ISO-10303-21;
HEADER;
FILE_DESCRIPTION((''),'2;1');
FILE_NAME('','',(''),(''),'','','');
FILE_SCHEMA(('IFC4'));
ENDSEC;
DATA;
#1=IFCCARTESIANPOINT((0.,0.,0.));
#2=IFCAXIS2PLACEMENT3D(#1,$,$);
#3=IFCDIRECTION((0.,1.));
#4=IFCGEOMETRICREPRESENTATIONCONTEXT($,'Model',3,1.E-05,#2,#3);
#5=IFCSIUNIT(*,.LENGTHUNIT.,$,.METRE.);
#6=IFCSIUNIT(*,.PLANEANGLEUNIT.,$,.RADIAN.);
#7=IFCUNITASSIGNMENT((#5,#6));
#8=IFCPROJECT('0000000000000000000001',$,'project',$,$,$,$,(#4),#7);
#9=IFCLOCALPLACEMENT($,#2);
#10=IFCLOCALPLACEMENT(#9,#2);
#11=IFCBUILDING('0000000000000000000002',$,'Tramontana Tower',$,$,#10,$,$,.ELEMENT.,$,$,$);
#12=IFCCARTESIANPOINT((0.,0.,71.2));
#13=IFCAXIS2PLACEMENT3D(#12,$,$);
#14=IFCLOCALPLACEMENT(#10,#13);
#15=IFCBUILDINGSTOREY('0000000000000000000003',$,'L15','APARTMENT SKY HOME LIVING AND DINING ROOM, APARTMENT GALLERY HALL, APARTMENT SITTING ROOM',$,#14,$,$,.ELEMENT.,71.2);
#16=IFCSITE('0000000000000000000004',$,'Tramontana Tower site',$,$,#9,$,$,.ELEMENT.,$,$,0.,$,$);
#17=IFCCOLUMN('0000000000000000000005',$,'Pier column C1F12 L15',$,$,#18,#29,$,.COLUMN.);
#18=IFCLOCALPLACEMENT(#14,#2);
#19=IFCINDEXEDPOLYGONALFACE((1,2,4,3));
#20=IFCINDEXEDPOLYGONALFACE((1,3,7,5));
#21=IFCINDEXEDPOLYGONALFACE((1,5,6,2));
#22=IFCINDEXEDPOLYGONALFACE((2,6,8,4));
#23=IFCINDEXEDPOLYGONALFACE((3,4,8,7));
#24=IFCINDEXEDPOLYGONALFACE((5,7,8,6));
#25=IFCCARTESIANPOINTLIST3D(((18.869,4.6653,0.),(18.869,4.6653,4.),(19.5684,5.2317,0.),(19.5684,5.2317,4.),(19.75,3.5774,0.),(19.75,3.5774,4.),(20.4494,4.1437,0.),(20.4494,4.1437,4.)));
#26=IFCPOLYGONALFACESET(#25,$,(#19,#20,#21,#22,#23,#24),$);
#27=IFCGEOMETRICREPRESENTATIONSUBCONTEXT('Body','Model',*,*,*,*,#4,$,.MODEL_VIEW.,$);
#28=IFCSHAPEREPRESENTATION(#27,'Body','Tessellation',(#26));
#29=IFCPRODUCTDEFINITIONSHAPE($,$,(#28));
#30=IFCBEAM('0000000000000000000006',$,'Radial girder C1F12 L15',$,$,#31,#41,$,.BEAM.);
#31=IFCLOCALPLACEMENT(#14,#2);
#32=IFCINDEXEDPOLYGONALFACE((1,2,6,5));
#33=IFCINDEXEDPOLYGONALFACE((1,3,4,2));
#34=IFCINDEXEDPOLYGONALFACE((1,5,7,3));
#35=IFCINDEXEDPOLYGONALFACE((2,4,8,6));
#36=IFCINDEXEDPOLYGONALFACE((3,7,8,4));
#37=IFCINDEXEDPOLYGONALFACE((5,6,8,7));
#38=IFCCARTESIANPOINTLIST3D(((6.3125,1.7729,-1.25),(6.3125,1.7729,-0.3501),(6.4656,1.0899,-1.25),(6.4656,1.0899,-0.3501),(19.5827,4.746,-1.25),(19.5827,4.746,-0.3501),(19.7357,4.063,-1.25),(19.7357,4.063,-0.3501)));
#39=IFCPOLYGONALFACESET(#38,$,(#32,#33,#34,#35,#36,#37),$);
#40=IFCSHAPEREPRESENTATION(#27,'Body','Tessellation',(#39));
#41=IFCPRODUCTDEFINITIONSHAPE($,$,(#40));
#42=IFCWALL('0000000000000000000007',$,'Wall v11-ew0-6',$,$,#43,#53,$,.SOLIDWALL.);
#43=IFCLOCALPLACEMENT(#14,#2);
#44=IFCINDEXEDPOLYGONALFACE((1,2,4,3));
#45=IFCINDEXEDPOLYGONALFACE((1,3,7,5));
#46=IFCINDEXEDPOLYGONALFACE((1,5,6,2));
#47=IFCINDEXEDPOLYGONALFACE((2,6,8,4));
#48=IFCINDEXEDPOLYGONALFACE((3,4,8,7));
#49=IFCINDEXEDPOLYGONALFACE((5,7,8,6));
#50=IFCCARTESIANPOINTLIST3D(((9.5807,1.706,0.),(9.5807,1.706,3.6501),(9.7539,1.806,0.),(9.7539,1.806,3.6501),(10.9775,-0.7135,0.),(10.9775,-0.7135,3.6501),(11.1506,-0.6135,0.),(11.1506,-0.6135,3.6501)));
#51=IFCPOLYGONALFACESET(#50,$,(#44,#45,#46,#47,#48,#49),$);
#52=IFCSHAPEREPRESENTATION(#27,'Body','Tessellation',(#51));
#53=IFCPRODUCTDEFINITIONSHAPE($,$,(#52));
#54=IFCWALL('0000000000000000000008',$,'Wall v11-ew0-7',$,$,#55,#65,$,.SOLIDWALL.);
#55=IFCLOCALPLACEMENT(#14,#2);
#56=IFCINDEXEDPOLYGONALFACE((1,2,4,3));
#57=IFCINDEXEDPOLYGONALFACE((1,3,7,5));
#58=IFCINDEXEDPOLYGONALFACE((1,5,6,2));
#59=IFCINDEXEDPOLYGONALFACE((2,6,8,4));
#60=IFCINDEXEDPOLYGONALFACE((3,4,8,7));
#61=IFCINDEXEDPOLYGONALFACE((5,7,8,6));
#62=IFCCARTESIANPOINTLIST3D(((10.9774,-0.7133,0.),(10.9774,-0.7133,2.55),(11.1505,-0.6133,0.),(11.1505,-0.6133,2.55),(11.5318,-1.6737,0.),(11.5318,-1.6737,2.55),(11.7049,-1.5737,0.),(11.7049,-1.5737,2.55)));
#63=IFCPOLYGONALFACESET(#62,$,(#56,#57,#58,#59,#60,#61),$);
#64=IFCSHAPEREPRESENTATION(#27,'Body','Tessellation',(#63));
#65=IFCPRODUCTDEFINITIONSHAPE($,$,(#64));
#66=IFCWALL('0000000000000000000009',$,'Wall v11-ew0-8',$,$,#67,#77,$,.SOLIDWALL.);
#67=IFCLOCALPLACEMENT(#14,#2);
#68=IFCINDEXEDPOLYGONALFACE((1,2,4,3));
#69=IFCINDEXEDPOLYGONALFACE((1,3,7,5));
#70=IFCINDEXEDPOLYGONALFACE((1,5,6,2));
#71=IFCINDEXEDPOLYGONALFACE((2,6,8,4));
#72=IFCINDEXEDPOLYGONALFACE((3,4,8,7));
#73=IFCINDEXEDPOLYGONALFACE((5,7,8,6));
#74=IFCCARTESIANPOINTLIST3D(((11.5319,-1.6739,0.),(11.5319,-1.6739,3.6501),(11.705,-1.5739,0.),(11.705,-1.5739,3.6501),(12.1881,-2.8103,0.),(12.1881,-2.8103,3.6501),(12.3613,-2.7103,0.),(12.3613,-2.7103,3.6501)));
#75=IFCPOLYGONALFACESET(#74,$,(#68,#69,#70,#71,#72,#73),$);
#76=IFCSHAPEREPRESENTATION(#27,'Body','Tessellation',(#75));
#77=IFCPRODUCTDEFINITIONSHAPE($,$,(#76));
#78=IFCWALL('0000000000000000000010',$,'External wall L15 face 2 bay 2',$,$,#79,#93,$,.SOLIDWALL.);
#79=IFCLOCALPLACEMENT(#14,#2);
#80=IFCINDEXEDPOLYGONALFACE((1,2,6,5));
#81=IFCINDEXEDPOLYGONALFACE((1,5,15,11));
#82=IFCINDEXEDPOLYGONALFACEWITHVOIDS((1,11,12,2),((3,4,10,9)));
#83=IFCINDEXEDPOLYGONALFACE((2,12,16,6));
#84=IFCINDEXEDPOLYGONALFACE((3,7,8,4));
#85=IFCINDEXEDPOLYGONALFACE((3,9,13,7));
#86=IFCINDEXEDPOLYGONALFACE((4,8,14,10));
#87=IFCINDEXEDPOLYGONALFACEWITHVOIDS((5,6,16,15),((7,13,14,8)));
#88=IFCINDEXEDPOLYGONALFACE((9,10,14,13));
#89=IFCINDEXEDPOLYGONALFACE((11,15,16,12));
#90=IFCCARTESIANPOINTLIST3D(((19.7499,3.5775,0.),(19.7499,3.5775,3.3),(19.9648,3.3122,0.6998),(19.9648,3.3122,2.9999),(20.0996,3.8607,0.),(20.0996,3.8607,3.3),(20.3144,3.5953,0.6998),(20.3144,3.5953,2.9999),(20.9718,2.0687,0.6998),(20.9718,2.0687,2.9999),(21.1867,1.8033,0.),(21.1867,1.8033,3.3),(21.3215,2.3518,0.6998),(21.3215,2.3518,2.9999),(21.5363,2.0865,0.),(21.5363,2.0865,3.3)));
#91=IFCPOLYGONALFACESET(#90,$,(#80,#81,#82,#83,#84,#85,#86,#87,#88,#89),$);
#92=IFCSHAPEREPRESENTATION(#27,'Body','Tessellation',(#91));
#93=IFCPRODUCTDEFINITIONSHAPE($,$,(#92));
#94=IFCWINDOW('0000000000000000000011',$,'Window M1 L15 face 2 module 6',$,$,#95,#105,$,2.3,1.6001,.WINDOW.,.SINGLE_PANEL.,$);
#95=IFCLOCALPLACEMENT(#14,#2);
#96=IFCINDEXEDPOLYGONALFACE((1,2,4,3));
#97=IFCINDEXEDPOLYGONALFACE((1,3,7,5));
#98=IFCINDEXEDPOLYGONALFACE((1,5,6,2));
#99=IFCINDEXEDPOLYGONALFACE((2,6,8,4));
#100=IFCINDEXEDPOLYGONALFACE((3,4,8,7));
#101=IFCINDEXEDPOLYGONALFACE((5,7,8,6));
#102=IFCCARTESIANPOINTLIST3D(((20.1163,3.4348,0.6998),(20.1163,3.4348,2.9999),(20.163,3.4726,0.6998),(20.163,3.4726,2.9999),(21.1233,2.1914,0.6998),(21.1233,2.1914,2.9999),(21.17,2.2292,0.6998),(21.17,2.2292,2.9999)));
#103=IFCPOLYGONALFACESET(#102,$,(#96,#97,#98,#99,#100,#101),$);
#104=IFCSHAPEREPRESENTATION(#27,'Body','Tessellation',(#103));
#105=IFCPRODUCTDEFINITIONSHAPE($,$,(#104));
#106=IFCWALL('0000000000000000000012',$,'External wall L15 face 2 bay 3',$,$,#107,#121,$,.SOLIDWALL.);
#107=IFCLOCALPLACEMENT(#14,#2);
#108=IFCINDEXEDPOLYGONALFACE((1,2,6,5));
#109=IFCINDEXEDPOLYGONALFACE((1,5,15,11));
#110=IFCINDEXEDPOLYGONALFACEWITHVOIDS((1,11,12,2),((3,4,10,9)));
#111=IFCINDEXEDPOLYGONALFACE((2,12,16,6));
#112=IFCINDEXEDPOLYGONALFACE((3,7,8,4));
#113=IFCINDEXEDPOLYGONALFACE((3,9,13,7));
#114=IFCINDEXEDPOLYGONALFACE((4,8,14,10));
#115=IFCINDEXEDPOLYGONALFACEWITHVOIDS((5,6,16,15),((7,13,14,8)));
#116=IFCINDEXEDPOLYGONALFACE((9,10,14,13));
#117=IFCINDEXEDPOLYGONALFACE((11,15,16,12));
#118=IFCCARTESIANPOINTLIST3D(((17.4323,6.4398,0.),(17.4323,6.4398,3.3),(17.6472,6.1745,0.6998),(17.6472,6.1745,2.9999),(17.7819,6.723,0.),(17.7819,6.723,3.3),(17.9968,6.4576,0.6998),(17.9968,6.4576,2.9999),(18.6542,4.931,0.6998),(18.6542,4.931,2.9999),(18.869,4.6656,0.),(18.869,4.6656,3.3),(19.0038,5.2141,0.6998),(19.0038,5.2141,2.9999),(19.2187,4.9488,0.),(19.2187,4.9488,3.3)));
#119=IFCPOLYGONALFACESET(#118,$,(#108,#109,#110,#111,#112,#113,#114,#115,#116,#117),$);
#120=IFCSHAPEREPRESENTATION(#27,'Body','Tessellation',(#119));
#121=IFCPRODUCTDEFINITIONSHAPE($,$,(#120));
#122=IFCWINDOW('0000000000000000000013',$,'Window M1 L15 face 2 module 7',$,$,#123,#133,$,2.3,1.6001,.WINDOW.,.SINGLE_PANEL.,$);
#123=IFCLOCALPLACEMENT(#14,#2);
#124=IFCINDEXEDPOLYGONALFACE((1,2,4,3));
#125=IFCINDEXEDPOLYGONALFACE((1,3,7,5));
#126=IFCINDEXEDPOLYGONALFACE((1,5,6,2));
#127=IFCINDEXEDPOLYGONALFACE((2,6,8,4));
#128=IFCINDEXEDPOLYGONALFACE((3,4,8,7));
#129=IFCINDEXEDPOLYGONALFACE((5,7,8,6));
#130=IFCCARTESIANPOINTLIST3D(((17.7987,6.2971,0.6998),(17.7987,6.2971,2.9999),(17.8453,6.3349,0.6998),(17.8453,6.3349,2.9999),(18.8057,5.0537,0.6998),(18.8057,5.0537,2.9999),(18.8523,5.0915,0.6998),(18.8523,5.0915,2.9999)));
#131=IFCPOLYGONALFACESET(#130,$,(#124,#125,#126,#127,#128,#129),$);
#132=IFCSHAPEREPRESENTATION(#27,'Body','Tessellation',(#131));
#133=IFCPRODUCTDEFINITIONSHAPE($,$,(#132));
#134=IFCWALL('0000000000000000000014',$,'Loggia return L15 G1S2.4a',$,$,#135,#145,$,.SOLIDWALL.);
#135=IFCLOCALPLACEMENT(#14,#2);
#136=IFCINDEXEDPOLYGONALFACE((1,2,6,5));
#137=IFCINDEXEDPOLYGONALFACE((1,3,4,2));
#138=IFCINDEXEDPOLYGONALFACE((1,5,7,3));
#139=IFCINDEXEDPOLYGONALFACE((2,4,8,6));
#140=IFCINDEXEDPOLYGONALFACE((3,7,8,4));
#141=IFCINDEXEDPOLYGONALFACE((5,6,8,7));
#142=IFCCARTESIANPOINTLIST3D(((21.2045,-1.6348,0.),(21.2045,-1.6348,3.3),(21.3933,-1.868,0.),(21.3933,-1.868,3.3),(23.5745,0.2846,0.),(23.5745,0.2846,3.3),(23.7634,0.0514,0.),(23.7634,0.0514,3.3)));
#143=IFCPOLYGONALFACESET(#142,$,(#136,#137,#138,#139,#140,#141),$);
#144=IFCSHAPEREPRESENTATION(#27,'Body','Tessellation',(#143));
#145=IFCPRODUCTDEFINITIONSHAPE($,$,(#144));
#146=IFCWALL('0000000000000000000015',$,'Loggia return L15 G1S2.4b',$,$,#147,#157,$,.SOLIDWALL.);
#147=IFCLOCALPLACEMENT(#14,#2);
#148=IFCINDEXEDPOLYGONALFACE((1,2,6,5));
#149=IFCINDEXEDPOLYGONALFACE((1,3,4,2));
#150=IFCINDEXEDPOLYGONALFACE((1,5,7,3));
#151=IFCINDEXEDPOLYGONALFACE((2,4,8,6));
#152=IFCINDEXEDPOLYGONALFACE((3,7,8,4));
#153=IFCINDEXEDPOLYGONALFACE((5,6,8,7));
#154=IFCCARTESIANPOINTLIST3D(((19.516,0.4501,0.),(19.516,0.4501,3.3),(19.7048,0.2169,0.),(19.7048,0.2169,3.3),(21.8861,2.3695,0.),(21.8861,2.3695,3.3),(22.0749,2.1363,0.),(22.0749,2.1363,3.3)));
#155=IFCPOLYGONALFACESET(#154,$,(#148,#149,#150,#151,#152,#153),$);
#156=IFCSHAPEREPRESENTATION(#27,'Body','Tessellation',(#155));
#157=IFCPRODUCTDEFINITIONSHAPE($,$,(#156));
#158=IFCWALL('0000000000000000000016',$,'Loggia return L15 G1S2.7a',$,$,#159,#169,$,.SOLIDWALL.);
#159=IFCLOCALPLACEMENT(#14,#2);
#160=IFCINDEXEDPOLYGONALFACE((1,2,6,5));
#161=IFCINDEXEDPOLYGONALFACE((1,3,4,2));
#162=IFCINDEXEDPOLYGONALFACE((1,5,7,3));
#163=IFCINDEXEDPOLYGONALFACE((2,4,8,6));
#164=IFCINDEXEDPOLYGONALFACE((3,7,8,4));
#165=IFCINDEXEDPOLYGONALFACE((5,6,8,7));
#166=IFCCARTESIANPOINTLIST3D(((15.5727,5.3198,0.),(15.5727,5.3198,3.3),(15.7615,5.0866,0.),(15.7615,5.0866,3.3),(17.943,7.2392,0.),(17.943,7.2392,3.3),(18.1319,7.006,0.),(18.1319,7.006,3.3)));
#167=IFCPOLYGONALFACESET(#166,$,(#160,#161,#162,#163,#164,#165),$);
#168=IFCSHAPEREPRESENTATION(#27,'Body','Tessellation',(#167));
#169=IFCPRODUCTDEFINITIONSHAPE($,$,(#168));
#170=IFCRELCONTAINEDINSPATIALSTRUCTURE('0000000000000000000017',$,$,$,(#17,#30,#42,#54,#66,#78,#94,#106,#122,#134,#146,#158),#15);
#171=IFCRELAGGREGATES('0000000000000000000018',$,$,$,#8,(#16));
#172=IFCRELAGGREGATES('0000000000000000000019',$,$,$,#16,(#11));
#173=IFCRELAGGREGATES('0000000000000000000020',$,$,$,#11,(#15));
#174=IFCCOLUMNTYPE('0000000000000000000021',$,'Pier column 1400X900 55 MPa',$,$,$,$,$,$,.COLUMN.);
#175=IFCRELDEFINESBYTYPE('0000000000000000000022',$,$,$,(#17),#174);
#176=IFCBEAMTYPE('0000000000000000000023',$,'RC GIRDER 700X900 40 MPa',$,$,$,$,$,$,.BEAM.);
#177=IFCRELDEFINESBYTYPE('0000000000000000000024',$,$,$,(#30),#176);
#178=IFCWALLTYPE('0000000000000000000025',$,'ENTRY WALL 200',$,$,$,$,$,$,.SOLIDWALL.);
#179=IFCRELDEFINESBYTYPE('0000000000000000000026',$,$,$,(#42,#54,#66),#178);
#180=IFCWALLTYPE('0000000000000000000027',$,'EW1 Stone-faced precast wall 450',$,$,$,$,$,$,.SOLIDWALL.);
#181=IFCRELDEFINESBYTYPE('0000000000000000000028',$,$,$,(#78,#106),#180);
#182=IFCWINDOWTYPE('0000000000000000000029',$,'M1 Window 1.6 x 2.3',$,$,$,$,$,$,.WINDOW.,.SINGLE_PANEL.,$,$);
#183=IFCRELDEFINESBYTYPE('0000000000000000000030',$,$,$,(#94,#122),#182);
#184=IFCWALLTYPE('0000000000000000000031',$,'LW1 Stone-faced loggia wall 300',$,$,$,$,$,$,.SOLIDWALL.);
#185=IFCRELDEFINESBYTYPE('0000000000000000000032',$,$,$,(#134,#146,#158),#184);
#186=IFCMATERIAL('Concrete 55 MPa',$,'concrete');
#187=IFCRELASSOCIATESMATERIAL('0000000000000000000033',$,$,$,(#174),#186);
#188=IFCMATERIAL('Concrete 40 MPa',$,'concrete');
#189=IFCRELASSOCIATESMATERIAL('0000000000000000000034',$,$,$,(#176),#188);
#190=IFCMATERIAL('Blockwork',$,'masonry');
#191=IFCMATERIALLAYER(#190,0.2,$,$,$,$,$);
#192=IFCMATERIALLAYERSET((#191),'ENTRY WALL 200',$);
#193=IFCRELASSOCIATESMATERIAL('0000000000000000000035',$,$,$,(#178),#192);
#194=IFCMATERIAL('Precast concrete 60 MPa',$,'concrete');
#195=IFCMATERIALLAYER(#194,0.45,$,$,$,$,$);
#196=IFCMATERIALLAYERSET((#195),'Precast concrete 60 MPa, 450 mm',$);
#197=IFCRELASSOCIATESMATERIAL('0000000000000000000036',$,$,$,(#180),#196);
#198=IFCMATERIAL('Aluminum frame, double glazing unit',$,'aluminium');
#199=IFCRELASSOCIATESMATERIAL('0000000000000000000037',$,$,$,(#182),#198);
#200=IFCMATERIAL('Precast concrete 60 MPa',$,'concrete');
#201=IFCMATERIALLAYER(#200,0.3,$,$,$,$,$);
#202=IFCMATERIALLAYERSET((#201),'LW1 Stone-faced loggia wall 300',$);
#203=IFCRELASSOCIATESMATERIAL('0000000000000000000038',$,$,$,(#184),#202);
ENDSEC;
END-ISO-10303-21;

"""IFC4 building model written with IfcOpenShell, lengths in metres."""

from ifc_helpers import new_model, si_unit, direction, frame, frame_2d, origin, origin_2d, place, context, subcontext, project, spatial, rectangle, extrude, material, layer, layer_set, material_profile, profile_set, type_object, element, fill, save


model = new_model("IFC4")

# Units and contexts
model_context = context("Model", 3, precision=1e-05, world=origin(), true_north=direction((0.0, 1.0)))
body_context = subcontext(model_context, "Body", "Model", "MODEL_VIEW")
ifc_project = project(units=[si_unit("LENGTHUNIT", "METRE"), si_unit("PLANEANGLEUNIT", "RADIAN")], contexts=[model_context])

# Site, building, storey
site_placement = place(None, origin())
site = spatial("IfcSite", under=ifc_project, at=site_placement, Name="Tramontana Tower site", CompositionType="ELEMENT", RefElevation=0.0)
building_placement = place(site_placement, origin())
building = spatial("IfcBuilding", under=site, at=building_placement, Name="Tramontana Tower", CompositionType="ELEMENT")
storey_placement = place(building_placement, frame((0.0, 0.0, 71.2)))
storey = spatial("IfcBuildingStorey", under=building, at=storey_placement, Name="L15", Description="APARTMENT SKY HOME LIVING AND DINING ROOM, APARTMENT GALLERY HALL, APARTMENT SITTING ROOM", CompositionType="ELEMENT", Elevation=71.2)

# Column
ifc_material_1 = material(Name="Concrete 55 MPa", Category="concrete")
ifc_material_profile_1 = material_profile(ifc_material_1, rectangle(XDim=1.3999, YDim=0.8999, at=origin_2d()), Name="Pier column 1400X900 55 MPa")
ifc_profile_set_1 = profile_set([ifc_material_profile_1], Name="Concrete 55 MPa")
column_type = type_object("IfcColumnType", Name="Pier column 1400X900 55 MPa", PredefinedType="COLUMN", material=ifc_profile_set_1)
column_placement = place(storey_placement, frame((19.6592, 4.4045, 0.0), z_axis=(0.0, 0.0, 1.0), x_axis=(-0.62932, 0.777146, 0.0)))
element("IfcColumn", 1, at=column_placement, inside=storey, type_object=column_type, Name="Pier column C1F12 L15", PredefinedType="COLUMN", context=body_context, shape_type="SweptSolid", body=[
    extrude(rectangle(XDim=1.3999, YDim=0.8999, at=origin_2d()), origin(), (0.0, 0.0, 1.0), 4.0),
])

# Beam
ifc_material_2 = material(Name="Concrete 40 MPa", Category="concrete")
ifc_material_profile_2 = material_profile(ifc_material_2, rectangle(XDim=0.7, YDim=0.8999, at=origin_2d()), Name="RC GIRDER 700X900 40 MPa")
ifc_profile_set_2 = profile_set([ifc_material_profile_2], Name="Concrete 40 MPa")
beam_type = type_object("IfcBeamType", Name="RC GIRDER 700X900 40 MPa", PredefinedType="BEAM", material=ifc_profile_set_2)
beam_placement = place(storey_placement, frame((19.6592, 4.4045, -0.8), z_axis=(-0.975808, -0.21863, 0.0), x_axis=(0.21863, -0.975808, 0.0)))
element("IfcBeam", 2, at=beam_placement, inside=storey, type_object=beam_type, Name="Radial girder C1F12 L15", PredefinedType="BEAM", context=body_context, shape_type="SweptSolid", body=[
    extrude(rectangle(XDim=0.7, YDim=0.8999, at=origin_2d()), origin(), (0.0, 0.0, 1.0), 13.5991),
])

# Walls
ifc_material_3 = material(Name="Blockwork", Category="masonry")
ifc_layer_1 = layer(ifc_material_3, 0.2)
ifc_layer_set_1 = layer_set([ifc_layer_1], Name="ENTRY WALL 200")
wall_type_1 = type_object("IfcWallType", Name="ENTRY WALL 200", PredefinedType="SOLIDWALL", material=ifc_layer_set_1)
wall_1_placement = place(storey_placement, frame((9.6672, 1.7561, 0.0), z_axis=(0.0, 0.0, 1.0), x_axis=(0.499965, -0.866046, 0.0)))
element("IfcWall", 3, at=wall_1_placement, inside=storey, type_object=wall_type_1, Name="Wall v11-ew0-6", PredefinedType="SOLIDWALL", context=body_context, shape_type="SweptSolid", body=[
    extrude(rectangle(XDim=2.7937, YDim=0.2, at=frame_2d((1.397, 0.0))), origin(), (0.0, 0.0, 1.0), 3.6501),
])
wall_2_placement = place(storey_placement, frame((11.064, -0.6633, 0.0), z_axis=(0.0, 0.0, 1.0), x_axis=(0.499951, -0.866054, 0.0)))
element("IfcWall", 4, at=wall_2_placement, inside=storey, type_object=wall_type_1, Name="Wall v11-ew0-7", PredefinedType="SOLIDWALL", context=body_context, shape_type="SweptSolid", body=[
    extrude(rectangle(XDim=1.1089, YDim=0.2, at=frame_2d((0.5544, 0.0))), origin(), (0.0, 0.0, 1.0), 2.55),
])
wall_3_placement = place(storey_placement, frame((11.6184, -1.6238, 0.0), z_axis=(0.0, 0.0, 1.0), x_axis=(0.500061, -0.86599, 0.0)))
element("IfcWall", 5, at=wall_3_placement, inside=storey, type_object=wall_type_1, Name="Wall v11-ew0-8", PredefinedType="SOLIDWALL", context=body_context, shape_type="SweptSolid", body=[
    extrude(rectangle(XDim=1.3123, YDim=0.2, at=frame_2d((0.6562, 0.0))), origin(), (0.0, 0.0, 1.0), 3.6501),
])

# Walls, openings, windows
ifc_material_4 = material(Name="Precast concrete 60 MPa", Category="concrete")
ifc_layer_2 = layer(ifc_material_4, 0.45)
ifc_layer_set_2 = layer_set([ifc_layer_2], Name="Precast concrete 60 MPa, 450 mm")
wall_type_2 = type_object("IfcWallType", Name="EW1 Stone-faced precast wall 450", PredefinedType="SOLIDWALL", material=ifc_layer_set_2)
wall_4_placement = place(storey_placement, frame((21.3616, 1.9448, 0.0), z_axis=(0.0, 0.0, 1.0), x_axis=(-0.62934, 0.77713, 0.0)))
wall_4 = element("IfcWall", 6, at=wall_4_placement, inside=storey, type_object=wall_type_2, Name="External wall L15 face 2 bay 2", PredefinedType="SOLIDWALL", context=body_context, shape_type="SweptSolid", body=[
    extrude(rectangle(XDim=2.283, YDim=0.45, at=frame_2d((1.1416, 0.0))), origin(), (0.0, 0.0, 1.0), 3.3),
])
opening_1_placement = place(wall_4_placement, frame((0.3416, 0.0, 0.7)))
opening_1 = element("IfcOpeningElement", 7, at=opening_1_placement, cuts=wall_4, PredefinedType="OPENING", context=body_context, shape_type="SweptSolid", body=[
    extrude(rectangle(XDim=1.6001, YDim=2.3, at=frame_2d((0.8, 1.1499))), frame((0.0, 0.2349, 0.0), z_axis=(0.0, -1.0, 0.0), x_axis=(1.0, 0.0, 0.0)), (0.0, 0.0, 1.0), 0.47),
])
ifc_material_5 = material(Name="Aluminum frame, double glazing unit", Category="aluminium")
window_type = type_object("IfcWindowType", Name="M1 Window 1.6 x 2.3", PartitioningType="SINGLE_PANEL", PredefinedType="WINDOW", material=ifc_material_5)
window_1_placement = place(opening_1_placement, origin())
window_1 = element("IfcWindow", 8, at=window_1_placement, inside=storey, type_object=window_type, Name="Window M1 L15 face 2 module 6", OverallHeight=2.3, OverallWidth=1.6001, PartitioningType="SINGLE_PANEL", PredefinedType="WINDOW", context=body_context, shape_type="SweptSolid", body=[
    extrude(rectangle(XDim=1.6001, YDim=2.3, at=frame_2d((0.8, 1.1499))), frame((0.0, 0.03, 0.0), z_axis=(0.0, -1.0, 0.0), x_axis=(1.0, 0.0, 0.0)), (0.0, 0.0, 1.0), 0.0601),
])
fill(opening_1, window_1)
wall_5_placement = place(storey_placement, frame((19.0439, 4.8071, 0.0), z_axis=(0.0, 0.0, 1.0), x_axis=(-0.62934, 0.77713, 0.0)))
wall_5 = element("IfcWall", 9, at=wall_5_placement, inside=storey, type_object=wall_type_2, Name="External wall L15 face 2 bay 3", PredefinedType="SOLIDWALL", context=body_context, shape_type="SweptSolid", body=[
    extrude(rectangle(XDim=2.283, YDim=0.45, at=frame_2d((1.1416, 0.0))), origin(), (0.0, 0.0, 1.0), 3.3),
])
opening_2_placement = place(wall_5_placement, frame((0.3416, 0.0, 0.7)))
opening_2 = element("IfcOpeningElement", 10, at=opening_2_placement, cuts=wall_5, PredefinedType="OPENING", context=body_context, shape_type="SweptSolid", body=[
    extrude(rectangle(XDim=1.6001, YDim=2.3, at=frame_2d((0.8, 1.1499))), frame((0.0, 0.2349, 0.0), z_axis=(0.0, -1.0, 0.0), x_axis=(1.0, 0.0, 0.0)), (0.0, 0.0, 1.0), 0.47),
])
window_2_placement = place(opening_2_placement, origin())
window_2 = element("IfcWindow", 11, at=window_2_placement, inside=storey, type_object=window_type, Name="Window M1 L15 face 2 module 7", OverallHeight=2.3, OverallWidth=1.6001, PartitioningType="SINGLE_PANEL", PredefinedType="WINDOW", context=body_context, shape_type="SweptSolid", body=[
    extrude(rectangle(XDim=1.6001, YDim=2.3, at=frame_2d((0.8, 1.1499))), frame((0.0, 0.03, 0.0), z_axis=(0.0, -1.0, 0.0), x_axis=(1.0, 0.0, 0.0)), (0.0, 0.0, 1.0), 0.0601),
])
fill(opening_2, window_2)

# Shared definitions
ifc_material_6 = material(Name="Precast concrete 60 MPa", Category="concrete")
ifc_layer_3 = layer(ifc_material_6, 0.3)
ifc_layer_set_3 = layer_set([ifc_layer_3], Name="LW1 Stone-faced loggia wall 300")
wall_type_3 = type_object("IfcWallType", Name="LW1 Stone-faced loggia wall 300", PredefinedType="SOLIDWALL", material=ifc_layer_set_3)

# Walls
for number, where, z_axis, x_axis, name in (
    (12, (23.6689, 0.168, 0.0), (0.0, 0.0, 1.0), (-0.777122, -0.62935, 0.0), "Loggia return L15 G1S2.4a"),
    (13, (21.9805, 2.2529, 0.0), (0.0, 0.0, 1.0), (-0.777122, -0.62935, 0.0), "Loggia return L15 G1S2.4b"),
):
    element("IfcWall", number, at=place(storey_placement, frame(where, z_axis=z_axis, x_axis=x_axis)), inside=storey, type_object=wall_type_3, Name=name, PredefinedType="SOLIDWALL", context=body_context, shape_type="SweptSolid", body=[
        extrude(rectangle(XDim=3.0498, YDim=0.3, at=frame_2d((1.5249, 0.0))), origin(), (0.0, 0.0, 1.0), 3.3),
    ])

# Wall
wall_6_placement = place(storey_placement, frame((18.0374, 7.1226, 0.0), z_axis=(0.0, 0.0, 1.0), x_axis=(-0.777154, -0.629311, 0.0)))
element("IfcWall", 14, at=wall_6_placement, inside=storey, type_object=wall_type_3, Name="Loggia return L15 G1S2.7a", PredefinedType="SOLIDWALL", context=body_context, shape_type="SweptSolid", body=[
    extrude(rectangle(XDim=3.05, YDim=0.3, at=frame_2d((1.5249, 0.0))), origin(), (0.0, 0.0, 1.0), 3.3),
])

save(model, "model.ifc")
